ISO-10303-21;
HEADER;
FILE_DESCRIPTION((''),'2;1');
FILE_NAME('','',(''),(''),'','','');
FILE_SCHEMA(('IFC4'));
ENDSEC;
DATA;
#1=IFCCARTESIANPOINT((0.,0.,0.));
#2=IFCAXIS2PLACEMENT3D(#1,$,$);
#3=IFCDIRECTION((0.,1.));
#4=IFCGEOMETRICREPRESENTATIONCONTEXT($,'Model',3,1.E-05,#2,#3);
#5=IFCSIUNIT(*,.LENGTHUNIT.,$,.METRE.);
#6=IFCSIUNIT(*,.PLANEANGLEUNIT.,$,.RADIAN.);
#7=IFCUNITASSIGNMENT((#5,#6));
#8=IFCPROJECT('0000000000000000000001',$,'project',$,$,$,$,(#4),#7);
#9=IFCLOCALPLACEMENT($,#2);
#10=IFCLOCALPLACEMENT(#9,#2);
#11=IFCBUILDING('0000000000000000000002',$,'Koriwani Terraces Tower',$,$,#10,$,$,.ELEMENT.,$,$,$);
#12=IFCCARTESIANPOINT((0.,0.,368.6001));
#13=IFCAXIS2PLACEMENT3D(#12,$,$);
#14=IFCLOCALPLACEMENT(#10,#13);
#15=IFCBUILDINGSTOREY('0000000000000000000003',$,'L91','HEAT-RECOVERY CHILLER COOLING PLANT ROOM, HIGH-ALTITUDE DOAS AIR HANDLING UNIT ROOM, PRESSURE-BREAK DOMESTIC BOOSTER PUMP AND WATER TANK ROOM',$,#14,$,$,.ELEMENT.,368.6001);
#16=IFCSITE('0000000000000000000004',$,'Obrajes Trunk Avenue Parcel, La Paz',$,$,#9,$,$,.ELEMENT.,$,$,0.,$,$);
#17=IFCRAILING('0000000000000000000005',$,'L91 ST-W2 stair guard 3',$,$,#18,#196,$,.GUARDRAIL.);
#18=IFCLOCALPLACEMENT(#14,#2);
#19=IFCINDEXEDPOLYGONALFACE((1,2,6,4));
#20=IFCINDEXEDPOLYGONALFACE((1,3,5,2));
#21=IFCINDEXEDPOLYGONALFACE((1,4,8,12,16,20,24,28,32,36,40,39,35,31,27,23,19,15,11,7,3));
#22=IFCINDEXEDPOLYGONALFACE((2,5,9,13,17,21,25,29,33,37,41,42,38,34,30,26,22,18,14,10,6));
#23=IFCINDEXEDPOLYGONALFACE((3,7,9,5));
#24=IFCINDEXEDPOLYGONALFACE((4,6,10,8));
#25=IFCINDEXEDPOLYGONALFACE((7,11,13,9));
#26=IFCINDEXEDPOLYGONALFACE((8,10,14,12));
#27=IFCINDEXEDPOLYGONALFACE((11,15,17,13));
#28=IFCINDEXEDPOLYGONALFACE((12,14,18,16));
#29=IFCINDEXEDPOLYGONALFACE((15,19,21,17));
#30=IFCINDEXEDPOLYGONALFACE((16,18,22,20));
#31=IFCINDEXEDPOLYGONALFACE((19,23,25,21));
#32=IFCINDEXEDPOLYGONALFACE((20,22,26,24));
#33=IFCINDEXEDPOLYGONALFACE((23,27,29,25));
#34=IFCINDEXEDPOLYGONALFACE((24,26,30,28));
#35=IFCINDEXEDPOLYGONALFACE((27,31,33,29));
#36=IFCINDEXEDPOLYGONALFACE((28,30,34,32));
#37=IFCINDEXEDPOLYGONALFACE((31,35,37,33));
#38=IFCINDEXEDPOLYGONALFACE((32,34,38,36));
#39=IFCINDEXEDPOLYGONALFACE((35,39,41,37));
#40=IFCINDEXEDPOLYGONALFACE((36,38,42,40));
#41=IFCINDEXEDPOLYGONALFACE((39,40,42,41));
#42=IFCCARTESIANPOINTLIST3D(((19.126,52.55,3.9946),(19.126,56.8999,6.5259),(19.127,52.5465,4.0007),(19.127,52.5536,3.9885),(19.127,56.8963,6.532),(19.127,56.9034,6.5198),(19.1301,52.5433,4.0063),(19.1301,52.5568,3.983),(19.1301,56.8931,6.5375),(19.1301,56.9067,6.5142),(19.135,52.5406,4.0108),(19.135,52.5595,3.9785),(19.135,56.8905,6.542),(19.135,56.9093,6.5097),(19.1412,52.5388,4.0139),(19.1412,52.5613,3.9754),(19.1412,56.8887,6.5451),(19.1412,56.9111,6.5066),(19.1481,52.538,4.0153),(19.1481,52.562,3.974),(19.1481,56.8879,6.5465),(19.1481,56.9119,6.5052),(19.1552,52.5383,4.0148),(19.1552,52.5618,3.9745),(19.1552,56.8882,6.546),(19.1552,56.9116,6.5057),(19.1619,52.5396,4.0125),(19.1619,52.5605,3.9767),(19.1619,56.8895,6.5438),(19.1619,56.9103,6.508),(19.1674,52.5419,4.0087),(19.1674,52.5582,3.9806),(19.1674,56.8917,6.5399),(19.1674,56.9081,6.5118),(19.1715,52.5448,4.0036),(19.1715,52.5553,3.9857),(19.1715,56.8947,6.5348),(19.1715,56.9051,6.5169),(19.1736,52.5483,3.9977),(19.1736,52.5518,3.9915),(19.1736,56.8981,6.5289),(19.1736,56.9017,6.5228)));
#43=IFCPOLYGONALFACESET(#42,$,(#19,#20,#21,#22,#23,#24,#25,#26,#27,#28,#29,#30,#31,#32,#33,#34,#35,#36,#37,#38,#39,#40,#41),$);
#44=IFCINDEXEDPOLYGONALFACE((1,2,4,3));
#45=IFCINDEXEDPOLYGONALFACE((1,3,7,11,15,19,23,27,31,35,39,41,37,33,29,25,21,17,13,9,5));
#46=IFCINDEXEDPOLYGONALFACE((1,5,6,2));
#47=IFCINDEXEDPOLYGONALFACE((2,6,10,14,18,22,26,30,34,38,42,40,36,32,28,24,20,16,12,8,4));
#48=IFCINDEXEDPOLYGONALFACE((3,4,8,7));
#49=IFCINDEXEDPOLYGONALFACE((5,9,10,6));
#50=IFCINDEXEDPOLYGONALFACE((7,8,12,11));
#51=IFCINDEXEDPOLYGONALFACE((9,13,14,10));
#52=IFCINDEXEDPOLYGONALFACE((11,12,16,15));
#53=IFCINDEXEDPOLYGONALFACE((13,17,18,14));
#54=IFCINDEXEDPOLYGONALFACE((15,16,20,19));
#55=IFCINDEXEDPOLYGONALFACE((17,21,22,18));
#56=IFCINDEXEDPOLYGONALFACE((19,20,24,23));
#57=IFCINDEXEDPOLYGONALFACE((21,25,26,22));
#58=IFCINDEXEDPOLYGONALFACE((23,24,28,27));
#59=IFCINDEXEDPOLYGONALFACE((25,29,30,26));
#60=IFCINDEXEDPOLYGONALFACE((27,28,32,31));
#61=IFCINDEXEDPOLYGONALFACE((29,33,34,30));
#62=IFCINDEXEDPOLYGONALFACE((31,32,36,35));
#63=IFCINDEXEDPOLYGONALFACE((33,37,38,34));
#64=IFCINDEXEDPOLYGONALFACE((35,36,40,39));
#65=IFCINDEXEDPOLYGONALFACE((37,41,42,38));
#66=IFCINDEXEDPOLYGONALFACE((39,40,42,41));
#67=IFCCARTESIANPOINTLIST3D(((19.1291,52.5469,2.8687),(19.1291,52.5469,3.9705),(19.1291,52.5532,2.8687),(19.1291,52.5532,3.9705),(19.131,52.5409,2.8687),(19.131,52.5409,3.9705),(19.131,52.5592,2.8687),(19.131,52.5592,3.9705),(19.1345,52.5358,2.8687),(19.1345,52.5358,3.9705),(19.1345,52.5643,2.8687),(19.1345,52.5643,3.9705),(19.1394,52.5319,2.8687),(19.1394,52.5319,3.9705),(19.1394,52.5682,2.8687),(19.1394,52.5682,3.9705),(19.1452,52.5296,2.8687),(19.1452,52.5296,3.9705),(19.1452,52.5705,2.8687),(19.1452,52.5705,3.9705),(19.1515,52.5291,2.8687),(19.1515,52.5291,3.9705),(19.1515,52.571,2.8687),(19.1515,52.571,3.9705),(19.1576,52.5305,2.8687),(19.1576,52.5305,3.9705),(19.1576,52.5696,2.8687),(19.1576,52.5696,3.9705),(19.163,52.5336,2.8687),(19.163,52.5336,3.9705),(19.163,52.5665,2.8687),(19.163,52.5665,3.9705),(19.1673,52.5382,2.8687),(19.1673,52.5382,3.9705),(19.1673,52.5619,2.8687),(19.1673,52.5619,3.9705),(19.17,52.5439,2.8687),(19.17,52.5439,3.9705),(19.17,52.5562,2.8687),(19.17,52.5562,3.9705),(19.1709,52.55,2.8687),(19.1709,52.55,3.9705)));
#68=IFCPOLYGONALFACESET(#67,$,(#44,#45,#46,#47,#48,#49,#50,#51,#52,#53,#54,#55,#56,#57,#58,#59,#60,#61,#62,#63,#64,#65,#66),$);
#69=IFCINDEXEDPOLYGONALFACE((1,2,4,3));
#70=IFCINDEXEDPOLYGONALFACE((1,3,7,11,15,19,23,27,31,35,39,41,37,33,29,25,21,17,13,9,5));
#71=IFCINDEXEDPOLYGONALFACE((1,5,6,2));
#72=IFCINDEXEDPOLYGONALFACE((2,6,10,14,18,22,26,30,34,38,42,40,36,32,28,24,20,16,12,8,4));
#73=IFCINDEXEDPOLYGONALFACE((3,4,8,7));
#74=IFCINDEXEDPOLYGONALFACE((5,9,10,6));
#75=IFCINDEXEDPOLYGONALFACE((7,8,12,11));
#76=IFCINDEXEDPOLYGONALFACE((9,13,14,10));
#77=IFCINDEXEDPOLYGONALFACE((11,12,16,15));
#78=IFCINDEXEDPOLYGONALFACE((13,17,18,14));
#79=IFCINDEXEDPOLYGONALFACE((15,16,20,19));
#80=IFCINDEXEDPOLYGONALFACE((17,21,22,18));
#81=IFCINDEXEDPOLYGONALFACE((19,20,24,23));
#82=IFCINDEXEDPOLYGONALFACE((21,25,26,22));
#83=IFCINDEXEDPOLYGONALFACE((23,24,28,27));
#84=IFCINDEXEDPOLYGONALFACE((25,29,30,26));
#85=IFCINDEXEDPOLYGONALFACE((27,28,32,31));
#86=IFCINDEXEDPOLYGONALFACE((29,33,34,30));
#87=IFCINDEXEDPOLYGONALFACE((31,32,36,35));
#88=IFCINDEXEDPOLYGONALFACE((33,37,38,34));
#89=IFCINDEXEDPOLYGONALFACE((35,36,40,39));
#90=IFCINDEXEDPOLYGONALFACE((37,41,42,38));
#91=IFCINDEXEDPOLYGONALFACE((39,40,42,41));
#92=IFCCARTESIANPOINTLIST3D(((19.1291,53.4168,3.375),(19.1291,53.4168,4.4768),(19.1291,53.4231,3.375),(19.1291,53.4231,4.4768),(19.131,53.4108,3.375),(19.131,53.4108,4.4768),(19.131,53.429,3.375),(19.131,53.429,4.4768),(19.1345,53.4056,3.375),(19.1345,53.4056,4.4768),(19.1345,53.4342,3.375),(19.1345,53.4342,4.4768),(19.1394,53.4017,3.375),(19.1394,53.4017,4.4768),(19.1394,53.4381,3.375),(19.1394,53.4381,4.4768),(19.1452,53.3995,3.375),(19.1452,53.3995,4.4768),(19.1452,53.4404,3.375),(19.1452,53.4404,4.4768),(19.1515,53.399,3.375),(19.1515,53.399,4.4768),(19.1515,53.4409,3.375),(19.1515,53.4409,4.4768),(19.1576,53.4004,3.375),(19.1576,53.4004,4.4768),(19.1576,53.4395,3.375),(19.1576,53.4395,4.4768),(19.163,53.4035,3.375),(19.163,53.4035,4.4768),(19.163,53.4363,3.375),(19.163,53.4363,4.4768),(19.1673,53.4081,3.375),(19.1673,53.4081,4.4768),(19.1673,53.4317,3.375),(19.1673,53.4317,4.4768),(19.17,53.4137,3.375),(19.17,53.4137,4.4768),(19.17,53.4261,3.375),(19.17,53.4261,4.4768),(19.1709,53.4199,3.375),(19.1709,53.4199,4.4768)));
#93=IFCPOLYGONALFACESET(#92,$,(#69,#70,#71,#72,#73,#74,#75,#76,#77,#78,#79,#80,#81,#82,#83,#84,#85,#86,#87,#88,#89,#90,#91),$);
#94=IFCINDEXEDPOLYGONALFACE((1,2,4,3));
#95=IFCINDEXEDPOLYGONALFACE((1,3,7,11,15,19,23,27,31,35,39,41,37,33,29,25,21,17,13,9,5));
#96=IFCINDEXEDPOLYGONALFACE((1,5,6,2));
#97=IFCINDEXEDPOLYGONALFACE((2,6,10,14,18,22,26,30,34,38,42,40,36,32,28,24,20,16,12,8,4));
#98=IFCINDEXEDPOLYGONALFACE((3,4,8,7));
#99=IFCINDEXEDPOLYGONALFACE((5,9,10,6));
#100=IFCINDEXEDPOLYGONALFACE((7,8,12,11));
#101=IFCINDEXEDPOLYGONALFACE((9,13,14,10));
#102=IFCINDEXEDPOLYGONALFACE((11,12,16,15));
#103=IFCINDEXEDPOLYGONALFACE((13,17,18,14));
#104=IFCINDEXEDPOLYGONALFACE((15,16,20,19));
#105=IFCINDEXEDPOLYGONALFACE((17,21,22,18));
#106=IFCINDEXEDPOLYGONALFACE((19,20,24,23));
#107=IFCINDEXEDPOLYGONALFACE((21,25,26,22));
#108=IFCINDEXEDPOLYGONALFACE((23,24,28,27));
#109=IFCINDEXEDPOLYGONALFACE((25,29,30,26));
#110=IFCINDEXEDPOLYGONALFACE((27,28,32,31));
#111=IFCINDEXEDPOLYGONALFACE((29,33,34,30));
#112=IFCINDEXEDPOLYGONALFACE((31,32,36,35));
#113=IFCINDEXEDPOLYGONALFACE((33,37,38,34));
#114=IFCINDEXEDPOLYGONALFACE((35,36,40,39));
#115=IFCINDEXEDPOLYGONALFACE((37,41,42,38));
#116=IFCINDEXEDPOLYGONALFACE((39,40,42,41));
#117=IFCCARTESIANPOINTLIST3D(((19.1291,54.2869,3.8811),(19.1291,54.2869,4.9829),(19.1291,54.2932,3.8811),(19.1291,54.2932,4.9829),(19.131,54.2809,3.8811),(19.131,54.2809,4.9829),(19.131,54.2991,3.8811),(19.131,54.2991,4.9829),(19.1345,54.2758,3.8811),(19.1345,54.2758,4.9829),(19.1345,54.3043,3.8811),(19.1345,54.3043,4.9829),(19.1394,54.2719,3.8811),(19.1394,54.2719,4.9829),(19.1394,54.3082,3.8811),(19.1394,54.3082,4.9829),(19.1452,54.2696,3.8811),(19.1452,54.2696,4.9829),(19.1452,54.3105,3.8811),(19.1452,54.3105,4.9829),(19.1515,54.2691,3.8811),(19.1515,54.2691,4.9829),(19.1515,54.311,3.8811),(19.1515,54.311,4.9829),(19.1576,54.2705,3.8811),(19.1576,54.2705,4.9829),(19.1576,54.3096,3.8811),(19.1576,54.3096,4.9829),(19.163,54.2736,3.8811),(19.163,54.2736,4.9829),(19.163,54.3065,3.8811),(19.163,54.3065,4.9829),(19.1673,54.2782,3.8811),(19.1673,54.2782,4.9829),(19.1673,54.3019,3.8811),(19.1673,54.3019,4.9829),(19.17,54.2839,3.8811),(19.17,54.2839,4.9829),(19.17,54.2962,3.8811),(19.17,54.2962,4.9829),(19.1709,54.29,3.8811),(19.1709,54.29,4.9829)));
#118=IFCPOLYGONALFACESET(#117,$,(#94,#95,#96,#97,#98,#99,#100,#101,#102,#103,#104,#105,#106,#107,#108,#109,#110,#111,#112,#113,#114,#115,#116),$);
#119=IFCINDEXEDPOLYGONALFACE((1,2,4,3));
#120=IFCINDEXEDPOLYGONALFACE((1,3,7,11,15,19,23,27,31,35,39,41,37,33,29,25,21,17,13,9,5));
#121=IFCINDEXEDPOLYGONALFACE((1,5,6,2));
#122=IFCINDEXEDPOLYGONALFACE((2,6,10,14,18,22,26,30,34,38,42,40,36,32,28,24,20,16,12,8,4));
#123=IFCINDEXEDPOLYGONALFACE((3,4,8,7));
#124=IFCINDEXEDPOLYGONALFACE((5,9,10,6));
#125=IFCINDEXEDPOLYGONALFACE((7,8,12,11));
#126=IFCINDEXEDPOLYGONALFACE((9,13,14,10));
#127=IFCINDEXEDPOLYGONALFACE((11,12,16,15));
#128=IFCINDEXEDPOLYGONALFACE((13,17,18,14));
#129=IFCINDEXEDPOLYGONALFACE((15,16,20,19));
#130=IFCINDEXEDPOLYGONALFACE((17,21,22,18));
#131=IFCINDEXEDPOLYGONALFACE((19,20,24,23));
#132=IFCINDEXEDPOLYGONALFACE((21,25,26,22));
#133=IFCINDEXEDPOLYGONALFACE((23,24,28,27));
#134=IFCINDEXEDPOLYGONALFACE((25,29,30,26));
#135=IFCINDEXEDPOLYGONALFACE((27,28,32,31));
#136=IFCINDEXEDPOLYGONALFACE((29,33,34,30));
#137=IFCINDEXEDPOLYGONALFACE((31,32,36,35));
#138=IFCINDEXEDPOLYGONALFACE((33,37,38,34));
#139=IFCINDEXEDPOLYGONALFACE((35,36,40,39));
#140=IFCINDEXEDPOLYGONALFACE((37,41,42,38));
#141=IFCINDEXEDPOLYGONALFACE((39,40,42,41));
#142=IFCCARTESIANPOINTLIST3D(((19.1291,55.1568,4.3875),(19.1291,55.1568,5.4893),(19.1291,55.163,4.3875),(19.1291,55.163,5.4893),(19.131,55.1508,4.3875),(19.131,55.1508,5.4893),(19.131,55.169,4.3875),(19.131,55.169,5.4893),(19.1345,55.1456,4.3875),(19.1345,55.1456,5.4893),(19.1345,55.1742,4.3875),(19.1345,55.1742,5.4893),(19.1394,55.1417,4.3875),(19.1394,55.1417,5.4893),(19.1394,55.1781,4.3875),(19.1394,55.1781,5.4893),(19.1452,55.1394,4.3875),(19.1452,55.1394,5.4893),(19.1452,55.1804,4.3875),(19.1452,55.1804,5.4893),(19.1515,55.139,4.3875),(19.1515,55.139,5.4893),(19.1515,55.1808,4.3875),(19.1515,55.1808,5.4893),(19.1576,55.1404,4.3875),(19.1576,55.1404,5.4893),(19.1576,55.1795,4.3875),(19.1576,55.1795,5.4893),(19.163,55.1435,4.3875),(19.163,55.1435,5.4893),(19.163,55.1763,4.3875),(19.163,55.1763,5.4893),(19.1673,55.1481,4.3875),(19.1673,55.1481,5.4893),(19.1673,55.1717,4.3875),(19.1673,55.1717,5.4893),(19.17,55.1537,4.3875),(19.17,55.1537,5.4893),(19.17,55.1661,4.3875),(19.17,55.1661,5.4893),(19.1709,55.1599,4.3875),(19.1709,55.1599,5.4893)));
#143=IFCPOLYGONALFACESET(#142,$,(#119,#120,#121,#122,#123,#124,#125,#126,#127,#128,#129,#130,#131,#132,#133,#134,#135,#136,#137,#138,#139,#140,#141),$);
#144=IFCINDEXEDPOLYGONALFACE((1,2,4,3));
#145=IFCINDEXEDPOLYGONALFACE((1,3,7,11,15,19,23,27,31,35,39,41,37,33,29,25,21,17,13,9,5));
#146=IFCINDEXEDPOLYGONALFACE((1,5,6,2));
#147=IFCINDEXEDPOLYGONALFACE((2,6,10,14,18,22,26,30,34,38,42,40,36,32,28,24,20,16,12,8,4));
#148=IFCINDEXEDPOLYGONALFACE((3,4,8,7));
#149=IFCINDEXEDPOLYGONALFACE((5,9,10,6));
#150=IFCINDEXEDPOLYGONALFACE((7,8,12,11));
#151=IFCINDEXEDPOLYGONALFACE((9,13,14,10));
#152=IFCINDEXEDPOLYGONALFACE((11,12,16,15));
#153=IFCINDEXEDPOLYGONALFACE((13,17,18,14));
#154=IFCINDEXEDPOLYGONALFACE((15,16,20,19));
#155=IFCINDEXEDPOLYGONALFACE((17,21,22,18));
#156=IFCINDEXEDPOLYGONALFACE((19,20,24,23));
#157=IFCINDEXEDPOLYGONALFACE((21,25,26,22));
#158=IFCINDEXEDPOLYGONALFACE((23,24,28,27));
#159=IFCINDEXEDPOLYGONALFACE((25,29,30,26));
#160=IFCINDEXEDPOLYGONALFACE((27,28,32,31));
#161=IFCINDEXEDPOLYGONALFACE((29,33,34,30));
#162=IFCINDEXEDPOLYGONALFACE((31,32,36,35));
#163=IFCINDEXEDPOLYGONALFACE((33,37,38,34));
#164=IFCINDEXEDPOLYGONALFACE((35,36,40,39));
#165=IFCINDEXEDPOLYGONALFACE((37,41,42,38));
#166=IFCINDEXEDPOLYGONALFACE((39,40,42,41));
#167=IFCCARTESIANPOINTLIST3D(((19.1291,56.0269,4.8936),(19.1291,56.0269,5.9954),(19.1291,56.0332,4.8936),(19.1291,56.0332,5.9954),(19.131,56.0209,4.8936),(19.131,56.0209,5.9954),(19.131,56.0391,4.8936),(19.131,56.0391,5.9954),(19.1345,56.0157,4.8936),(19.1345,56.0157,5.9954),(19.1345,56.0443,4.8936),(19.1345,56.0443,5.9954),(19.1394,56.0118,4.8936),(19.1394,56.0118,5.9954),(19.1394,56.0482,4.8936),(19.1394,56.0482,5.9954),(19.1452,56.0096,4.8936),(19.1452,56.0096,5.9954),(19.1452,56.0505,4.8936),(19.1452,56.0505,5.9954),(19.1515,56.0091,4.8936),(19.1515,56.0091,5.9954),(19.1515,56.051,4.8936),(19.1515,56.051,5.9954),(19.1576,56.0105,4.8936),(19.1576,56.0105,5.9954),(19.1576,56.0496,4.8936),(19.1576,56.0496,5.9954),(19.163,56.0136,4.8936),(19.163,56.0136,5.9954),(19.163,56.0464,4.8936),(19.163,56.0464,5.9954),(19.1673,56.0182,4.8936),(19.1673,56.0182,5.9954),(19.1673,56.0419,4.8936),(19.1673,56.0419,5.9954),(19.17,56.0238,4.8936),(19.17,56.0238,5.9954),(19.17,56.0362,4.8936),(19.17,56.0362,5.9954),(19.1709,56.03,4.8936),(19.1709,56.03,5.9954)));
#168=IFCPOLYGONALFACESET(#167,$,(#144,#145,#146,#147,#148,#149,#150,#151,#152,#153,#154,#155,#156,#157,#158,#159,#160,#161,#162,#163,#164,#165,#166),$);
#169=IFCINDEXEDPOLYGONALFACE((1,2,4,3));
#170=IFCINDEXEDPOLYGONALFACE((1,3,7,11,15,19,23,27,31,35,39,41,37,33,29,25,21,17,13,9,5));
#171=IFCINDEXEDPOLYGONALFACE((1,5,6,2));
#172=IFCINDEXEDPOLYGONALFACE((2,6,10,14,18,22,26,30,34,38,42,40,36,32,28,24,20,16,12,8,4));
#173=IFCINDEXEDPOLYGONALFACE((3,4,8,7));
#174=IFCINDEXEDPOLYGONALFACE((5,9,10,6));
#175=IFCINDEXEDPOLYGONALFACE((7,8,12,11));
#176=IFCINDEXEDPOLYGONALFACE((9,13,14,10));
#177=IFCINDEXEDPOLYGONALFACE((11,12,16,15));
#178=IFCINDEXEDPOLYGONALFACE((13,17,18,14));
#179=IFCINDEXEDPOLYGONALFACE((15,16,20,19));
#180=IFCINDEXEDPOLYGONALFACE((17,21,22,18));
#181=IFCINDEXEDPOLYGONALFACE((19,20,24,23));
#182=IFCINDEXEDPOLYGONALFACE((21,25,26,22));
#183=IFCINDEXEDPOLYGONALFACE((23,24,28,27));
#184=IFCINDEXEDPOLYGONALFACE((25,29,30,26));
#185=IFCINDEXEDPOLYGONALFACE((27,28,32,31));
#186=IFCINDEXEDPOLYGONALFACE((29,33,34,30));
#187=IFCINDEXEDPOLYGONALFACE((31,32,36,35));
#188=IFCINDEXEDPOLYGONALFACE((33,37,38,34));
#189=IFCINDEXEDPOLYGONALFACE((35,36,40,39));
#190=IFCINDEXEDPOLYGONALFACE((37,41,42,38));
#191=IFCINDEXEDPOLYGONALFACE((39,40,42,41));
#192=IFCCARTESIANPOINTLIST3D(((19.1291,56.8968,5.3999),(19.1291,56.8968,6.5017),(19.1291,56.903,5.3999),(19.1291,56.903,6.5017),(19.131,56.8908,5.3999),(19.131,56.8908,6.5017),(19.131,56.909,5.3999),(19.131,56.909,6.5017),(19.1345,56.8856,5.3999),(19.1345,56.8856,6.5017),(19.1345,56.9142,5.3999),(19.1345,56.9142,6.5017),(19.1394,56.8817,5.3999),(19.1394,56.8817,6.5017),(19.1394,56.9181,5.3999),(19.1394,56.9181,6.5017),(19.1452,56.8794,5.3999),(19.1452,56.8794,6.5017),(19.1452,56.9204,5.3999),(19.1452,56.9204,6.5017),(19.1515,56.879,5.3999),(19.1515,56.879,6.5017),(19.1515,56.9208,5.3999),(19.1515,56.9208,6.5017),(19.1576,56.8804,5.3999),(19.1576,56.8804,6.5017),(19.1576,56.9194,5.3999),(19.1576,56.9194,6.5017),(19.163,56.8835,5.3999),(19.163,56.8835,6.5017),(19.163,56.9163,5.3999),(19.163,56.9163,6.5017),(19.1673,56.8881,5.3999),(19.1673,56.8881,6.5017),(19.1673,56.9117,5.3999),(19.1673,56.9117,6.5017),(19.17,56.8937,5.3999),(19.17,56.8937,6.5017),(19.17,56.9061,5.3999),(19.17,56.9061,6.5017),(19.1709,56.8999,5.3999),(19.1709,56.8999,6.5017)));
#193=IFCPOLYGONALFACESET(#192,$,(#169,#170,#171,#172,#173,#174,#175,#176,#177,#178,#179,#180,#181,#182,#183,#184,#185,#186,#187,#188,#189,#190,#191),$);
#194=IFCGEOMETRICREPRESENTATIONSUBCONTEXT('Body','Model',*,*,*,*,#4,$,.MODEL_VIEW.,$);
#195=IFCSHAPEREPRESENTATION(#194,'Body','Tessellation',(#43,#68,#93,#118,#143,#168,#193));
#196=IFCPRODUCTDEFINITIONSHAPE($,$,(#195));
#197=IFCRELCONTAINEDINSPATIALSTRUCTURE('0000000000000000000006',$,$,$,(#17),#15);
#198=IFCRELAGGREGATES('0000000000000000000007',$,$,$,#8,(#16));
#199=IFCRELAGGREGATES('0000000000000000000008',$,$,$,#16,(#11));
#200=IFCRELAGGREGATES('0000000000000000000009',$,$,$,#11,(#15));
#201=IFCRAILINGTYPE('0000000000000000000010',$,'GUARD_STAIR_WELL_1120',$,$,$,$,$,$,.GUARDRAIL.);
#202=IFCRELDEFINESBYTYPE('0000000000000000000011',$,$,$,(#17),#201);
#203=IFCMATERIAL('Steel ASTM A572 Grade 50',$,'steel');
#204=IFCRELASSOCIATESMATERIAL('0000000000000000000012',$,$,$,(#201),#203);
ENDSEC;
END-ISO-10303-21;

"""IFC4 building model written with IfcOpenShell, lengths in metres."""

from ifc_helpers import new_model, si_unit, direction, frame, origin, origin_2d, place, context, subcontext, project, spatial, circle, extrude, material, type_object, element, save


model = new_model("IFC4")

# Units and contexts
model_context = context("Model", 3, precision=1e-05, world=origin(), true_north=direction((0.0, 1.0)))
body_context = subcontext(model_context, "Body", "Model", "MODEL_VIEW")
ifc_project = project(units=[si_unit("LENGTHUNIT", "METRE"), si_unit("PLANEANGLEUNIT", "RADIAN")], contexts=[model_context])

# Site, building, storey
site_placement = place(None, origin())
site = spatial("IfcSite", under=ifc_project, at=site_placement, Name="Obrajes Trunk Avenue Parcel, La Paz", CompositionType="ELEMENT", RefElevation=0.0)
building_placement = place(site_placement, origin())
building = spatial("IfcBuilding", under=site, at=building_placement, Name="Koriwani Terraces Tower", CompositionType="ELEMENT")
storey_placement = place(building_placement, frame((0.0, 0.0, 368.6001)))
storey = spatial("IfcBuildingStorey", under=building, at=storey_placement, Name="L91", Description="HEAT-RECOVERY CHILLER COOLING PLANT ROOM, HIGH-ALTITUDE DOAS AIR HANDLING UNIT ROOM, PRESSURE-BREAK DOMESTIC BOOSTER PUMP AND WATER TANK ROOM", CompositionType="ELEMENT", Elevation=368.6001)

# Shared definitions
ifc_material_1 = material(Name="Steel ASTM A572 Grade 50", Category="steel")

# Railing
railing_type_1 = type_object("IfcRailingType", Name="GUARD_STAIR_WELL_1120", PredefinedType="GUARDRAIL", material=ifc_material_1)
railing_1_placement = place(storey_placement, frame((19.1499, 52.55, 2.8687)))
element("IfcRailing", 1, at=railing_1_placement, inside=storey, type_object=railing_type_1, Name="L91 ST-W2 stair guard 3", PredefinedType="GUARDRAIL", context=body_context, shape_type="SweptSolid", body=[
    extrude(circle(Radius=0.0239, at=origin_2d()), frame((0.0, 0.0, 1.126), z_axis=(0.0, 0.864312, 0.502957), x_axis=(-1.0, 0.0, 0.0)), (0.0, 0.0, 1.0), 5.0327),
    extrude(circle(Radius=0.021, at=origin_2d()), origin(), (0.0, 0.0, 1.0), 1.1018),
    extrude(circle(Radius=0.021, at=origin_2d()), frame((0.0, 0.8699, 0.5063)), (0.0, 0.0, 1.0), 1.1018),
    extrude(circle(Radius=0.021, at=origin_2d()), frame((0.0, 1.74, 1.0125)), (0.0, 0.0, 1.0), 1.1018),
    extrude(circle(Radius=0.021, at=origin_2d()), frame((0.0, 2.6099, 1.5188)), (0.0, 0.0, 1.0), 1.1018),
    extrude(circle(Radius=0.021, at=origin_2d()), frame((0.0, 3.48, 2.0249)), (0.0, 0.0, 1.0), 1.1018),
    extrude(circle(Radius=0.021, at=origin_2d()), frame((0.0, 4.3499, 2.5312)), (0.0, 0.0, 1.0), 1.1018),
])

save(model, "model.ifc")
